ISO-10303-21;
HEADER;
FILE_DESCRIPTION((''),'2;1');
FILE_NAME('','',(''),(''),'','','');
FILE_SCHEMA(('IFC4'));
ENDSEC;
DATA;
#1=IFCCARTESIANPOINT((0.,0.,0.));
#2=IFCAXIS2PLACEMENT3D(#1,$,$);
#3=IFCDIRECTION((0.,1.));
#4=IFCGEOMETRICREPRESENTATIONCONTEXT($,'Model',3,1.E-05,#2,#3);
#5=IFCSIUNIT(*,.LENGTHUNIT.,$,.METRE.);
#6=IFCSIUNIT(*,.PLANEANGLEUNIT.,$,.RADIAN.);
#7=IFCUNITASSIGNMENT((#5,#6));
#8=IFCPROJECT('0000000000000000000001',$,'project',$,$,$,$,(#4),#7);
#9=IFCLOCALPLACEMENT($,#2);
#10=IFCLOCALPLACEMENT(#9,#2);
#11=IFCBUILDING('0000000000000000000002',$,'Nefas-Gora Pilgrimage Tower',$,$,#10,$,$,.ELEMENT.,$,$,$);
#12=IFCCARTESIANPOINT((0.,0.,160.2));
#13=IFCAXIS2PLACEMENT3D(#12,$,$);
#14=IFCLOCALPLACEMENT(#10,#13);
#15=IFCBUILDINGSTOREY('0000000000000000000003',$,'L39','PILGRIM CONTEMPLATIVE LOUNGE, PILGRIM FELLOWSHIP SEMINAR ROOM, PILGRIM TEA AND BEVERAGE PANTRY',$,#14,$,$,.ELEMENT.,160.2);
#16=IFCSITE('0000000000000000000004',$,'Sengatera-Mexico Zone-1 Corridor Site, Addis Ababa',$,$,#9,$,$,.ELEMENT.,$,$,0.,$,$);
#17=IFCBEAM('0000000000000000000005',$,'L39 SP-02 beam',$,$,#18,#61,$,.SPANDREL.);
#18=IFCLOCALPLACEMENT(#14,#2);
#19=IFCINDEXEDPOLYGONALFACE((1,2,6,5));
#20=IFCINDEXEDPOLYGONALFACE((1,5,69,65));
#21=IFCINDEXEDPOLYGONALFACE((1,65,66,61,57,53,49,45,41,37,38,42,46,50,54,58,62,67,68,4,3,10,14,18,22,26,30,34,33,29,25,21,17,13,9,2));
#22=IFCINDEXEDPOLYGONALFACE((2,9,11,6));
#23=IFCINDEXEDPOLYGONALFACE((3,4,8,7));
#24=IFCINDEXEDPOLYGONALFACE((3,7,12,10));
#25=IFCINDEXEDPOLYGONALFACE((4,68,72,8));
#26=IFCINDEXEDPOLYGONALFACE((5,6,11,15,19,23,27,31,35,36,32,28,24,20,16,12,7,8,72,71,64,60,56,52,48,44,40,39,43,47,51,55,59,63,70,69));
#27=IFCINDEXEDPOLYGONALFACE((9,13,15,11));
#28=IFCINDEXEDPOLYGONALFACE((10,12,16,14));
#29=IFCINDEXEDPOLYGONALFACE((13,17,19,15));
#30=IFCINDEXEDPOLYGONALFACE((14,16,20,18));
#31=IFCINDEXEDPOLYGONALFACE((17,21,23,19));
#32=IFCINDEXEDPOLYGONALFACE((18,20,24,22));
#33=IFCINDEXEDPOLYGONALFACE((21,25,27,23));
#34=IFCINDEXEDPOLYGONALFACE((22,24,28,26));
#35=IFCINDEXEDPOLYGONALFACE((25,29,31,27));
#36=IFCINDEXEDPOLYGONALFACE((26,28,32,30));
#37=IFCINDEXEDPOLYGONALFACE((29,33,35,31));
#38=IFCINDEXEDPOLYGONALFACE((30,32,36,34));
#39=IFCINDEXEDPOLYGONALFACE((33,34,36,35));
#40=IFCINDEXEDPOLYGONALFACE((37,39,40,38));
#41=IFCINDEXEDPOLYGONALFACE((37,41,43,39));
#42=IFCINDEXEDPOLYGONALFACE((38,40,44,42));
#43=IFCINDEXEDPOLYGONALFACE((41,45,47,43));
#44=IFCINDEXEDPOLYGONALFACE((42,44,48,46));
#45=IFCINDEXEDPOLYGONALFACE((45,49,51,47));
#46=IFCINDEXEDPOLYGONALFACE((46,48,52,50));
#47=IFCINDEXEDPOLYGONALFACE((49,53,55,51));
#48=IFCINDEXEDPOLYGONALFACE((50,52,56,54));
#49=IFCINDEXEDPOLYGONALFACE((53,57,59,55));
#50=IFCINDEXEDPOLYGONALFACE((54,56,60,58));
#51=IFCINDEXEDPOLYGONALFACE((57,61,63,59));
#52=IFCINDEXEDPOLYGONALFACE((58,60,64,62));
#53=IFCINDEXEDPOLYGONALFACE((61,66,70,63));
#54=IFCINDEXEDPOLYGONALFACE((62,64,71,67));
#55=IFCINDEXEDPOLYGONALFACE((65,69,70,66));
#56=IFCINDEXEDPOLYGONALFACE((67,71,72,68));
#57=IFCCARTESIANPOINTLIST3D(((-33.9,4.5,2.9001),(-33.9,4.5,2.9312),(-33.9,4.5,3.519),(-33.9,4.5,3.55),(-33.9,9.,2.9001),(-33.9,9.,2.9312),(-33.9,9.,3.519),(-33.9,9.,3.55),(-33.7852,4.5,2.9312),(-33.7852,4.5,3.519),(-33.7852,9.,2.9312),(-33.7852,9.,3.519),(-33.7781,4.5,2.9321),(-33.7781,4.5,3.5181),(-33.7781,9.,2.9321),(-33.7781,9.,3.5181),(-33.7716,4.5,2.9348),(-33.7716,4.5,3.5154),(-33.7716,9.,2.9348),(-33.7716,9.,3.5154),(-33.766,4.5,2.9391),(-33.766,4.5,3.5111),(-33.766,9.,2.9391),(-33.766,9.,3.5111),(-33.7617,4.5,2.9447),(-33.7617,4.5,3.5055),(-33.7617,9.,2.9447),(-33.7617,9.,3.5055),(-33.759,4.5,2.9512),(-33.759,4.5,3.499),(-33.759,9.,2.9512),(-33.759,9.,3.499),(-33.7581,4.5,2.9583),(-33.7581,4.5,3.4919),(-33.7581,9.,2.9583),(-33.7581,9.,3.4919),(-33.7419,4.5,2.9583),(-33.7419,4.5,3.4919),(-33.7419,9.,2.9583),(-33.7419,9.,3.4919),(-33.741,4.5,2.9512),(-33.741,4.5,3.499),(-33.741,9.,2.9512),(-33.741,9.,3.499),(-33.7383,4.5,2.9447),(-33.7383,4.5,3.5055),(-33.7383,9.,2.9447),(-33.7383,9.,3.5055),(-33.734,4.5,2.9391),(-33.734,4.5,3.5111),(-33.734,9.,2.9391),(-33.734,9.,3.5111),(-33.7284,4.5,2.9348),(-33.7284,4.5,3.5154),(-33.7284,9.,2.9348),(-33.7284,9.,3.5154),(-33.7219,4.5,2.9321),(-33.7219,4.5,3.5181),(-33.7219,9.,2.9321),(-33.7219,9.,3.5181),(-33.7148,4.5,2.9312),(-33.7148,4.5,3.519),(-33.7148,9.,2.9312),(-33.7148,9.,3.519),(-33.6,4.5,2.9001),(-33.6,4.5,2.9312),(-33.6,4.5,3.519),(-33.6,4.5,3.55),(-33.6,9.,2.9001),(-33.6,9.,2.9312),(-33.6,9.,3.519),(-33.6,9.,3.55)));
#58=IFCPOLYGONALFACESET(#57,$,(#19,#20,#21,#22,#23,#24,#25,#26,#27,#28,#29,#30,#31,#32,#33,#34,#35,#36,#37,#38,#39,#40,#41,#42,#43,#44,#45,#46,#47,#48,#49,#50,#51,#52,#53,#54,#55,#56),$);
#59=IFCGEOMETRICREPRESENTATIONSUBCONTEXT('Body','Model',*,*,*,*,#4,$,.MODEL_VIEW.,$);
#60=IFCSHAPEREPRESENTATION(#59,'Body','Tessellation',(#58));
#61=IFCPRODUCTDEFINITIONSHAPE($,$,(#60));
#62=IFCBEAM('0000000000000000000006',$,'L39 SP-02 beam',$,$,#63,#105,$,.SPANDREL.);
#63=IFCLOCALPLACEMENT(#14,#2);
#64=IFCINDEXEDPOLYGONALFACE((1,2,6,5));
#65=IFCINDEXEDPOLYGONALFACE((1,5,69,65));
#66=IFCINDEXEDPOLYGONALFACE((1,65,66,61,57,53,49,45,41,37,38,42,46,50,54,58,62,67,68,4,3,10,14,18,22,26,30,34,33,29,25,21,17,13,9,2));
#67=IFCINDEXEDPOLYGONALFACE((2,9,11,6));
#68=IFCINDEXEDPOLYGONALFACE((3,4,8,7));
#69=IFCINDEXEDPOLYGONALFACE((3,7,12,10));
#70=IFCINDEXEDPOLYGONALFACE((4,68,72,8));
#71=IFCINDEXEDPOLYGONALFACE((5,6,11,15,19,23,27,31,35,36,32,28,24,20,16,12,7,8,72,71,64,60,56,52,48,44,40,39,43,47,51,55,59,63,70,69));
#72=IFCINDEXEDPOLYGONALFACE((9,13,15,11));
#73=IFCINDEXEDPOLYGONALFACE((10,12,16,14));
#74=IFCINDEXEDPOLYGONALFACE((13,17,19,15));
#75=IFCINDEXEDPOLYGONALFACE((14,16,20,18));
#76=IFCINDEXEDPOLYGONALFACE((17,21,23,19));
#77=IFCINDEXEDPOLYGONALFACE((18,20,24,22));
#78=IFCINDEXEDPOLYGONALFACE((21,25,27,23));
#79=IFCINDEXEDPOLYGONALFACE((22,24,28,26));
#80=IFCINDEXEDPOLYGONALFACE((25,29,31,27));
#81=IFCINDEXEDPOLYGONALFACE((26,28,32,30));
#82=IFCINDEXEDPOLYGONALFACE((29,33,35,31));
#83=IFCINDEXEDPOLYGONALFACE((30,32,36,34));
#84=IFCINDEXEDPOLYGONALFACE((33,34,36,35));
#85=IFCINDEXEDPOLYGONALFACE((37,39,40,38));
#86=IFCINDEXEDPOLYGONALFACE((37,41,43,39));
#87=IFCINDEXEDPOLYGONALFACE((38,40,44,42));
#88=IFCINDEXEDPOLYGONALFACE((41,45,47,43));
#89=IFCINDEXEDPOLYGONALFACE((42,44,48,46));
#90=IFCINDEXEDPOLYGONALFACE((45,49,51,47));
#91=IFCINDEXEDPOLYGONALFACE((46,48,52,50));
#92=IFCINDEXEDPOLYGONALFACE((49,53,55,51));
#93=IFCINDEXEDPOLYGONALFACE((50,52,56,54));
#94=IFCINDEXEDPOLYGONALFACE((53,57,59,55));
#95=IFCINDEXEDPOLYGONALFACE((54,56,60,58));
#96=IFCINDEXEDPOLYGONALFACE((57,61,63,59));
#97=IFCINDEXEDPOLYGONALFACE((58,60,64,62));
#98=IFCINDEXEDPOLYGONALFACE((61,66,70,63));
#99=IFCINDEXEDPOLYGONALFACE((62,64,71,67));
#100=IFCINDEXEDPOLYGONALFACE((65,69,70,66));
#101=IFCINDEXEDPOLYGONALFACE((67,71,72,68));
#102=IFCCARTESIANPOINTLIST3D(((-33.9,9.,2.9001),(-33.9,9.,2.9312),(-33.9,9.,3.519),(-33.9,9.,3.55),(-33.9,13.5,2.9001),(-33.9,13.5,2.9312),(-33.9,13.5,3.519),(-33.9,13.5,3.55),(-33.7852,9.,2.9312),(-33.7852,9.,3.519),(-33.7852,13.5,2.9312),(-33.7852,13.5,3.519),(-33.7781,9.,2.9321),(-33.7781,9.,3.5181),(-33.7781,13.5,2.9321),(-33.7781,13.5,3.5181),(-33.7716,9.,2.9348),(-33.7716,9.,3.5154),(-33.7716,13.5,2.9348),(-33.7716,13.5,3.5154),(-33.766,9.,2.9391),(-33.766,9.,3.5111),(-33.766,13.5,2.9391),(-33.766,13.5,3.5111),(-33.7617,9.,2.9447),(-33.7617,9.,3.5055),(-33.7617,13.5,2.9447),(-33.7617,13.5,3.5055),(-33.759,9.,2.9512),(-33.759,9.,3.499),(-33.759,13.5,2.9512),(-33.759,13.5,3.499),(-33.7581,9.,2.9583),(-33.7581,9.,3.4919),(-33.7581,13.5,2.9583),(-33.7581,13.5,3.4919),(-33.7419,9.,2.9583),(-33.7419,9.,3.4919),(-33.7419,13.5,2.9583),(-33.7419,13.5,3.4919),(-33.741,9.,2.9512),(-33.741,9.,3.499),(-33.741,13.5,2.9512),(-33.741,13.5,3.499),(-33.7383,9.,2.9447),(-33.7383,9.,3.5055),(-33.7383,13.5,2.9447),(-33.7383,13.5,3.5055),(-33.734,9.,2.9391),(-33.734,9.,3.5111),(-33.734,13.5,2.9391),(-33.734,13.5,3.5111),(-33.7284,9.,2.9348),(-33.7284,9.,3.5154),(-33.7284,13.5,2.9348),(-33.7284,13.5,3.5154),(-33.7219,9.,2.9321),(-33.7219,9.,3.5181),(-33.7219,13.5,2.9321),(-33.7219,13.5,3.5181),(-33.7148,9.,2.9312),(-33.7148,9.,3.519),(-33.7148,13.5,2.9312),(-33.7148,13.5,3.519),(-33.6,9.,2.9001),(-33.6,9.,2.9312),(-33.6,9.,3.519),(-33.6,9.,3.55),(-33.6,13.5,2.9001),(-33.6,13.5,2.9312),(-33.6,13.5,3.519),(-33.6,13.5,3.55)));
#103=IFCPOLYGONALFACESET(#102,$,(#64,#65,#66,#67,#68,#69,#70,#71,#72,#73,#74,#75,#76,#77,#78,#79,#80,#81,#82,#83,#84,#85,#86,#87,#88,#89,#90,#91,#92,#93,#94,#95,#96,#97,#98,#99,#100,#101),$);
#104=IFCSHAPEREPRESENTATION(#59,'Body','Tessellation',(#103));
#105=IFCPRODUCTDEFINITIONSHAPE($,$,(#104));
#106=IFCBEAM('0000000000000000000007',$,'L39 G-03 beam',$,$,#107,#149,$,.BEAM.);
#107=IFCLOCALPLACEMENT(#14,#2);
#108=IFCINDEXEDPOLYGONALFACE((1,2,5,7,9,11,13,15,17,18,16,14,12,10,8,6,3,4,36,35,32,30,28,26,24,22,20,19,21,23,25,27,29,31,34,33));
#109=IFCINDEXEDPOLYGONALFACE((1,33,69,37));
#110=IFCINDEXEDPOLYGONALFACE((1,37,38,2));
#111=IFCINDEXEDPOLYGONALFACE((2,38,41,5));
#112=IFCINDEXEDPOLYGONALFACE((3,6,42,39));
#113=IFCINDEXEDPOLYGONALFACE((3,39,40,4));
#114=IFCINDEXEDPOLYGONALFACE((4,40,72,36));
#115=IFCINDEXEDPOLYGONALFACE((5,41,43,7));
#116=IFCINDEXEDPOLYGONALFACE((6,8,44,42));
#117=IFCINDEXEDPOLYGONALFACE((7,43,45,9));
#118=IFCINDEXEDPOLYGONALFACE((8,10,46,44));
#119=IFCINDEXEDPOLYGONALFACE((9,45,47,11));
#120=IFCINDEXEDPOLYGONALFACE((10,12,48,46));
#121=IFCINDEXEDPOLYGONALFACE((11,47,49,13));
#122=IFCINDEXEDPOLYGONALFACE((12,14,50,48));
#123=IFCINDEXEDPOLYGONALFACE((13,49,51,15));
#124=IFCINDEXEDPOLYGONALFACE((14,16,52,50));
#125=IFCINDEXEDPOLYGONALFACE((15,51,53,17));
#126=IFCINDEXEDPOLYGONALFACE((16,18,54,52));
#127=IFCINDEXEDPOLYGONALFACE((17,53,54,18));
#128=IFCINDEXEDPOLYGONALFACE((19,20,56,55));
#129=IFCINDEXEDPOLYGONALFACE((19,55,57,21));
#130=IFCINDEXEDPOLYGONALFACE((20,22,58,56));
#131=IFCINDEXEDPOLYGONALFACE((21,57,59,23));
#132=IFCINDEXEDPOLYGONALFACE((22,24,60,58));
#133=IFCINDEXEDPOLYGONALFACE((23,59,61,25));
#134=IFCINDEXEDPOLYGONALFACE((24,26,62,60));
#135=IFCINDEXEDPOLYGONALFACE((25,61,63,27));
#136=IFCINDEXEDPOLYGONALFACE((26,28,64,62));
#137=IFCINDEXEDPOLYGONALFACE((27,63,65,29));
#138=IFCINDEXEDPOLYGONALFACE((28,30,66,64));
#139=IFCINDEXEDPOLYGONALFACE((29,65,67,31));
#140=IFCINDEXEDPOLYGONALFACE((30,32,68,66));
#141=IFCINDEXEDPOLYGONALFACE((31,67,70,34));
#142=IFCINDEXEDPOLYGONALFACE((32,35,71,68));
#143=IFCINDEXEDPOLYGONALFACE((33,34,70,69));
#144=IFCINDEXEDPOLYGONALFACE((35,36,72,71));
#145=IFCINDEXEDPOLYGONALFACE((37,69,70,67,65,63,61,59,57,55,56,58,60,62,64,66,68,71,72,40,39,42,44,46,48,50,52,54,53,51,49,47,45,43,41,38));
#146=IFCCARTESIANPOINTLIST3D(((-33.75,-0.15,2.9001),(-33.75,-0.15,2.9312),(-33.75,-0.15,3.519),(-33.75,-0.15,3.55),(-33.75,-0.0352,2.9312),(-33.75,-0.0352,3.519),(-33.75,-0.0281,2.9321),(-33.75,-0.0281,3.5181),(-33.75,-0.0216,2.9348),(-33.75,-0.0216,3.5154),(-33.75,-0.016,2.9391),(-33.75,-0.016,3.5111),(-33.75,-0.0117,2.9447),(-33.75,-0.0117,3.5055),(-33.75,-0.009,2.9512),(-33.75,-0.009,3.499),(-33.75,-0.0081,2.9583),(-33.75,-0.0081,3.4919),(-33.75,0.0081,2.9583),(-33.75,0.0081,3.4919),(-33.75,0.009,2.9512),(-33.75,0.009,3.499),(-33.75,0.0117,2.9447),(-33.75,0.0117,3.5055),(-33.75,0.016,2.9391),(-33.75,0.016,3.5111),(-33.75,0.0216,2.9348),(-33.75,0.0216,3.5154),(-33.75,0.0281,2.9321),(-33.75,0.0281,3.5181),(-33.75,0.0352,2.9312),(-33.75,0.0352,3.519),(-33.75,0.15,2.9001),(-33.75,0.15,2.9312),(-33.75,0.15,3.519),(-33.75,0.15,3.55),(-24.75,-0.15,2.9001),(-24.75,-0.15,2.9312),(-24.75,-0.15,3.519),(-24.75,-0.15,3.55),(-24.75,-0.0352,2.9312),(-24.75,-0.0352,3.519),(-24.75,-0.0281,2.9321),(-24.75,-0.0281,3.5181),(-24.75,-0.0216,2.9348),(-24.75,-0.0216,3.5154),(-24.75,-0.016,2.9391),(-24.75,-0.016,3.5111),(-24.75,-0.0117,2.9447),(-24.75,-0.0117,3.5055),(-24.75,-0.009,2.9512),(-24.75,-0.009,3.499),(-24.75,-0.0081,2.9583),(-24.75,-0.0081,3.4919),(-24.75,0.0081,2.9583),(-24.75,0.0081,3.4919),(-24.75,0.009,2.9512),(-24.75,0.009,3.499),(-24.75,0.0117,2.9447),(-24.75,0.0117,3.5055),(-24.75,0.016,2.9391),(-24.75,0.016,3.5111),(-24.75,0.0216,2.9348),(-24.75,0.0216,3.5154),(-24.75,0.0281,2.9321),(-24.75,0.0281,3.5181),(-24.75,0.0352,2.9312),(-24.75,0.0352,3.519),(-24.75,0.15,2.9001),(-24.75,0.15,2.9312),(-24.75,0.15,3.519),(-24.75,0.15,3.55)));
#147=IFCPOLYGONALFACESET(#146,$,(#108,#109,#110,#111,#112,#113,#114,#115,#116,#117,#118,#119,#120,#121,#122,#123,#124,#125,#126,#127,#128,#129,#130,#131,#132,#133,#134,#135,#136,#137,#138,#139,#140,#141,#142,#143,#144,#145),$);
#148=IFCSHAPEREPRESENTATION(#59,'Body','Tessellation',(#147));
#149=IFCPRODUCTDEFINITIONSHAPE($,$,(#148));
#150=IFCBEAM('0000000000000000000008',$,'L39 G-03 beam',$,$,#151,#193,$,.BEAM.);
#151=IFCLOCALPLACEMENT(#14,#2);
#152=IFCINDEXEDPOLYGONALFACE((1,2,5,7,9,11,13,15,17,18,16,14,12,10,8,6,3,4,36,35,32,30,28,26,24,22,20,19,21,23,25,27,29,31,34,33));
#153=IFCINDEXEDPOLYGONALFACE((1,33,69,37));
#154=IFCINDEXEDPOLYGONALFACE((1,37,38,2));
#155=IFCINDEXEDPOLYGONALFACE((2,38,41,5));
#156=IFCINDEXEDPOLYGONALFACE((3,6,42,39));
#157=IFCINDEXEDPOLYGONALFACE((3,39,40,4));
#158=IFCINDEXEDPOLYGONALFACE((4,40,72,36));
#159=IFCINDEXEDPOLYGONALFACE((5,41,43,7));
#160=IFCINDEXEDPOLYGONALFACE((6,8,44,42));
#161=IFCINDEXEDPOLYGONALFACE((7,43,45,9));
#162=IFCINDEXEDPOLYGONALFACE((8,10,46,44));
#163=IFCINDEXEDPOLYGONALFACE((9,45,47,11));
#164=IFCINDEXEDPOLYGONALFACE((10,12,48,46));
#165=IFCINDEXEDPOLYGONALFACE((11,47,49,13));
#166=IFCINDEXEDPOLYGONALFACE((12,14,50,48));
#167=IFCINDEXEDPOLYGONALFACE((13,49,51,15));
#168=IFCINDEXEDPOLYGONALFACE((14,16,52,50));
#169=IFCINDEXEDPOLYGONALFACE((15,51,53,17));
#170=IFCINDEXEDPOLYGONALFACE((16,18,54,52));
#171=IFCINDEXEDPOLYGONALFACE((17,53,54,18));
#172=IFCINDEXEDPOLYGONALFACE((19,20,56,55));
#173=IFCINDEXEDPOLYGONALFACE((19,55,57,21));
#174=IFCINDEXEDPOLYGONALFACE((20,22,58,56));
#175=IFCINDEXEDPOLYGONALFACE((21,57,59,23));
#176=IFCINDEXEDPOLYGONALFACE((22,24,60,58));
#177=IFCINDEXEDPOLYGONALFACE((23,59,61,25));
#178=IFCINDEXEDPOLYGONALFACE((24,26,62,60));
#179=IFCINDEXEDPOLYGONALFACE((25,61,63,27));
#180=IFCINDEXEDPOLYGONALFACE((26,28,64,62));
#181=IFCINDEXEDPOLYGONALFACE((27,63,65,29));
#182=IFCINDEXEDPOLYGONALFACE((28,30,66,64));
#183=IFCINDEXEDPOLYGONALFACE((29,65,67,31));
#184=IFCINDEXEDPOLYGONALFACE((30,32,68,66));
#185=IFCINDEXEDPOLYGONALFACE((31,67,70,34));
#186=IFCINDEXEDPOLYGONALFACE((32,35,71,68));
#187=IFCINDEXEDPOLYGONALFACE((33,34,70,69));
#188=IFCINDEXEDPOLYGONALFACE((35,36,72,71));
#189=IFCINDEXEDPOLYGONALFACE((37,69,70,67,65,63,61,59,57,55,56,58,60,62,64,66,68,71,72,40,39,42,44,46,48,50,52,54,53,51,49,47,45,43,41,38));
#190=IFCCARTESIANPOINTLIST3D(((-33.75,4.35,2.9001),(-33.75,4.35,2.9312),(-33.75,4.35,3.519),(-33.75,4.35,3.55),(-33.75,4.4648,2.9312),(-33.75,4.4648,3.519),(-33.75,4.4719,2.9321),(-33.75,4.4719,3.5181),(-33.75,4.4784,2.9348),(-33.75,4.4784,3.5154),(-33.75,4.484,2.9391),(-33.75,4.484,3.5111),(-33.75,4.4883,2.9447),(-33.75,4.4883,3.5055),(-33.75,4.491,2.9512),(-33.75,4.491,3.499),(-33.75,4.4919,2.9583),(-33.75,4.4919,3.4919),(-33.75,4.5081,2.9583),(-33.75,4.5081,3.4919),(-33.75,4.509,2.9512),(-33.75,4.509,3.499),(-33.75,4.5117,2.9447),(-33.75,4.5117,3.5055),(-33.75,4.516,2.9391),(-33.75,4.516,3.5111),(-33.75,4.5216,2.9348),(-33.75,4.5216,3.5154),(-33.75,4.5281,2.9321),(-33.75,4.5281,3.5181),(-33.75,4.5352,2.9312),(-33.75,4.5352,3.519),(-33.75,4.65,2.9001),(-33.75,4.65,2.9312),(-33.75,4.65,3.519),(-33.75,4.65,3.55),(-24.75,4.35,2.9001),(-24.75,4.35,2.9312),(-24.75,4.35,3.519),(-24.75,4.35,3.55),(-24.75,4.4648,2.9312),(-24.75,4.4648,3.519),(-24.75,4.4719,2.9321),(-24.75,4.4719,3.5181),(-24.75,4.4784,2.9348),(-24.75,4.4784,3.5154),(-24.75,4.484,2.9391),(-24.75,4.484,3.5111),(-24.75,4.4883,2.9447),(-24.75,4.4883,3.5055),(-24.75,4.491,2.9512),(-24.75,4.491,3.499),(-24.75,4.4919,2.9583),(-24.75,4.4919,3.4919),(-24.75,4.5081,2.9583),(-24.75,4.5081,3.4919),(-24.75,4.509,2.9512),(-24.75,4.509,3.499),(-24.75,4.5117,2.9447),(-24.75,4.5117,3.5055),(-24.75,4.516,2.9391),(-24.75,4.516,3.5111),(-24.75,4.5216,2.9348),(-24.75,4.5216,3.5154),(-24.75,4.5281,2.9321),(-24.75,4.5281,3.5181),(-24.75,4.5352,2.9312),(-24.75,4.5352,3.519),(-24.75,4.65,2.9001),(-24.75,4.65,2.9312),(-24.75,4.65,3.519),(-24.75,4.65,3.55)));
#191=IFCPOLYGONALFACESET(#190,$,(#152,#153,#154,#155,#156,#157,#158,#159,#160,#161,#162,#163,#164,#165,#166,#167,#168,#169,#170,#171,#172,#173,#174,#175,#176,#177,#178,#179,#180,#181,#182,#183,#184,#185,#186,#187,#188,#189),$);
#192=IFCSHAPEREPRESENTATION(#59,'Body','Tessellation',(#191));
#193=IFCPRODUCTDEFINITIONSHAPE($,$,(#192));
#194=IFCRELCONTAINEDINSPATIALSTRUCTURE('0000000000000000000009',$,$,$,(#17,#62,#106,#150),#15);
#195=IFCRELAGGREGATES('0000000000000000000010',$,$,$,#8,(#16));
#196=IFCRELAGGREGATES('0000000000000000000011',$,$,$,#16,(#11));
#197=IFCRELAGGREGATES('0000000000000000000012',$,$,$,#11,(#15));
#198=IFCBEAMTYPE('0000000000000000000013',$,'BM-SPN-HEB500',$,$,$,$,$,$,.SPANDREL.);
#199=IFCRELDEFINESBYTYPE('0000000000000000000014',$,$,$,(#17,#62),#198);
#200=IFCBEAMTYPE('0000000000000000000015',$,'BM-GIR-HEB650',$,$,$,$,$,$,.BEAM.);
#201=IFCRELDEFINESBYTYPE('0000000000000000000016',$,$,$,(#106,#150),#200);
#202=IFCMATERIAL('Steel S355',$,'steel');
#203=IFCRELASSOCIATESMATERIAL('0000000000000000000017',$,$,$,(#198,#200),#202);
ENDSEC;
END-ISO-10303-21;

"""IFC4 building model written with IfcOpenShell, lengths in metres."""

from ifc_helpers import new_model, si_unit, direction, frame, origin, origin_2d, place, context, subcontext, project, spatial, i_section, extrude, source, transform, mapped, material, material_profile, profile_set, type_object, element, save


model = new_model("IFC4")

# Units and contexts
model_context = context("Model", 3, precision=1e-05, world=origin(), true_north=direction((0.0, 1.0)))
body_context = subcontext(model_context, "Body", "Model", "MODEL_VIEW")
ifc_project = project(units=[si_unit("LENGTHUNIT", "METRE"), si_unit("PLANEANGLEUNIT", "RADIAN")], contexts=[model_context])

# Site, building, storey
site_placement = place(None, origin())
site = spatial("IfcSite", under=ifc_project, at=site_placement, Name="Sengatera-Mexico Zone-1 Corridor Site, Addis Ababa", CompositionType="ELEMENT", RefElevation=0.0)
building_placement = place(site_placement, origin())
building = spatial("IfcBuilding", under=site, at=building_placement, Name="Nefas-Gora Pilgrimage Tower", CompositionType="ELEMENT")
storey_placement = place(building_placement, frame((0.0, 0.0, 160.2)))
storey = spatial("IfcBuildingStorey", under=building, at=storey_placement, Name="L39", Description="PILGRIM CONTEMPLATIVE LOUNGE, PILGRIM FELLOWSHIP SEMINAR ROOM, PILGRIM TEA AND BEVERAGE PANTRY", CompositionType="ELEMENT", Elevation=160.2)

# Beams
ifc_material_1 = material(Name="Steel S355", Category="steel")
ifc_material_profile_1 = material_profile(ifc_material_1, i_section(OverallWidth=0.3, OverallDepth=0.6499, WebThickness=0.0161, FlangeThickness=0.031, FilletRadius=0.0271, at=origin_2d()), Name="HEB 650")
ifc_profile_set_1 = profile_set([ifc_material_profile_1], Name="Steel S355")
beam_type_1 = type_object("IfcBeamType", Name="BM-SPN-HEB500", PredefinedType="SPANDREL", material=ifc_profile_set_1)
shared_shape_1 = source(origin(), body_context, "Body", "SweptSolid", [
    extrude(i_section(OverallWidth=0.3, OverallDepth=0.6499, WebThickness=0.0161, FlangeThickness=0.031, FilletRadius=0.0271, at=origin_2d()), origin(), (0.0, 0.0, 1.0), 4.5),
])
for number, where, z_axis, x_axis, name in (
    (1, (-33.75, 4.5, 3.2251), (0.0, 1.0, 0.0), (-1.0, 0.0, 0.0), "L39 SP-02 beam"),
    (2, (-33.75, 9.0, 3.2251), (0.0, 1.0, 0.0), (-1.0, 0.0, 0.0), "L39 SP-02 beam"),
):
    element("IfcBeam", number, at=place(storey_placement, frame(where, z_axis=z_axis, x_axis=x_axis)), inside=storey, type_object=beam_type_1, Name=name, PredefinedType="SPANDREL", context=body_context, shape_type="MappedRepresentation", body=[
        mapped(shared_shape_1, transform((0.0, 0.0, 0.0), x_axis=(1.0, 0.0, 0.0), y_axis=(0.0, 1.0, 0.0), z_axis=(0.0, 0.0, 1.0), scale=1.0)),
    ])
ifc_material_profile_2 = material_profile(ifc_material_1, i_section(OverallWidth=0.3, OverallDepth=0.6499, WebThickness=0.0161, FlangeThickness=0.031, FilletRadius=0.0271, at=origin_2d()), Name="HEB 650")
ifc_profile_set_2 = profile_set([ifc_material_profile_2], Name="Steel S355")
beam_type_2 = type_object("IfcBeamType", Name="BM-GIR-HEB650", PredefinedType="BEAM", material=ifc_profile_set_2)
shared_shape_2 = source(origin(), body_context, "Body", "SweptSolid", [
    extrude(i_section(OverallWidth=0.3, OverallDepth=0.6499, WebThickness=0.0161, FlangeThickness=0.031, FilletRadius=0.0271, at=origin_2d()), origin(), (0.0, 0.0, 1.0), 9.0),
])
for number, where, z_axis, x_axis, name in (
    (3, (-33.75, 0.0, 3.2251), (1.0, 0.0, 0.0), (0.0, 1.0, 0.0), "L39 G-03 beam"),
    (4, (-33.75, 4.5, 3.2251), (1.0, 0.0, 0.0), (0.0, 1.0, 0.0), "L39 G-03 beam"),
):
    element("IfcBeam", number, at=place(storey_placement, frame(where, z_axis=z_axis, x_axis=x_axis)), inside=storey, type_object=beam_type_2, Name=name, PredefinedType="BEAM", context=body_context, shape_type="MappedRepresentation", body=[
        mapped(shared_shape_2, transform((0.0, 0.0, 0.0), x_axis=(1.0, 0.0, 0.0), y_axis=(0.0, 1.0, 0.0), z_axis=(0.0, 0.0, 1.0), scale=1.0)),
    ])

save(model, "model.ifc")
